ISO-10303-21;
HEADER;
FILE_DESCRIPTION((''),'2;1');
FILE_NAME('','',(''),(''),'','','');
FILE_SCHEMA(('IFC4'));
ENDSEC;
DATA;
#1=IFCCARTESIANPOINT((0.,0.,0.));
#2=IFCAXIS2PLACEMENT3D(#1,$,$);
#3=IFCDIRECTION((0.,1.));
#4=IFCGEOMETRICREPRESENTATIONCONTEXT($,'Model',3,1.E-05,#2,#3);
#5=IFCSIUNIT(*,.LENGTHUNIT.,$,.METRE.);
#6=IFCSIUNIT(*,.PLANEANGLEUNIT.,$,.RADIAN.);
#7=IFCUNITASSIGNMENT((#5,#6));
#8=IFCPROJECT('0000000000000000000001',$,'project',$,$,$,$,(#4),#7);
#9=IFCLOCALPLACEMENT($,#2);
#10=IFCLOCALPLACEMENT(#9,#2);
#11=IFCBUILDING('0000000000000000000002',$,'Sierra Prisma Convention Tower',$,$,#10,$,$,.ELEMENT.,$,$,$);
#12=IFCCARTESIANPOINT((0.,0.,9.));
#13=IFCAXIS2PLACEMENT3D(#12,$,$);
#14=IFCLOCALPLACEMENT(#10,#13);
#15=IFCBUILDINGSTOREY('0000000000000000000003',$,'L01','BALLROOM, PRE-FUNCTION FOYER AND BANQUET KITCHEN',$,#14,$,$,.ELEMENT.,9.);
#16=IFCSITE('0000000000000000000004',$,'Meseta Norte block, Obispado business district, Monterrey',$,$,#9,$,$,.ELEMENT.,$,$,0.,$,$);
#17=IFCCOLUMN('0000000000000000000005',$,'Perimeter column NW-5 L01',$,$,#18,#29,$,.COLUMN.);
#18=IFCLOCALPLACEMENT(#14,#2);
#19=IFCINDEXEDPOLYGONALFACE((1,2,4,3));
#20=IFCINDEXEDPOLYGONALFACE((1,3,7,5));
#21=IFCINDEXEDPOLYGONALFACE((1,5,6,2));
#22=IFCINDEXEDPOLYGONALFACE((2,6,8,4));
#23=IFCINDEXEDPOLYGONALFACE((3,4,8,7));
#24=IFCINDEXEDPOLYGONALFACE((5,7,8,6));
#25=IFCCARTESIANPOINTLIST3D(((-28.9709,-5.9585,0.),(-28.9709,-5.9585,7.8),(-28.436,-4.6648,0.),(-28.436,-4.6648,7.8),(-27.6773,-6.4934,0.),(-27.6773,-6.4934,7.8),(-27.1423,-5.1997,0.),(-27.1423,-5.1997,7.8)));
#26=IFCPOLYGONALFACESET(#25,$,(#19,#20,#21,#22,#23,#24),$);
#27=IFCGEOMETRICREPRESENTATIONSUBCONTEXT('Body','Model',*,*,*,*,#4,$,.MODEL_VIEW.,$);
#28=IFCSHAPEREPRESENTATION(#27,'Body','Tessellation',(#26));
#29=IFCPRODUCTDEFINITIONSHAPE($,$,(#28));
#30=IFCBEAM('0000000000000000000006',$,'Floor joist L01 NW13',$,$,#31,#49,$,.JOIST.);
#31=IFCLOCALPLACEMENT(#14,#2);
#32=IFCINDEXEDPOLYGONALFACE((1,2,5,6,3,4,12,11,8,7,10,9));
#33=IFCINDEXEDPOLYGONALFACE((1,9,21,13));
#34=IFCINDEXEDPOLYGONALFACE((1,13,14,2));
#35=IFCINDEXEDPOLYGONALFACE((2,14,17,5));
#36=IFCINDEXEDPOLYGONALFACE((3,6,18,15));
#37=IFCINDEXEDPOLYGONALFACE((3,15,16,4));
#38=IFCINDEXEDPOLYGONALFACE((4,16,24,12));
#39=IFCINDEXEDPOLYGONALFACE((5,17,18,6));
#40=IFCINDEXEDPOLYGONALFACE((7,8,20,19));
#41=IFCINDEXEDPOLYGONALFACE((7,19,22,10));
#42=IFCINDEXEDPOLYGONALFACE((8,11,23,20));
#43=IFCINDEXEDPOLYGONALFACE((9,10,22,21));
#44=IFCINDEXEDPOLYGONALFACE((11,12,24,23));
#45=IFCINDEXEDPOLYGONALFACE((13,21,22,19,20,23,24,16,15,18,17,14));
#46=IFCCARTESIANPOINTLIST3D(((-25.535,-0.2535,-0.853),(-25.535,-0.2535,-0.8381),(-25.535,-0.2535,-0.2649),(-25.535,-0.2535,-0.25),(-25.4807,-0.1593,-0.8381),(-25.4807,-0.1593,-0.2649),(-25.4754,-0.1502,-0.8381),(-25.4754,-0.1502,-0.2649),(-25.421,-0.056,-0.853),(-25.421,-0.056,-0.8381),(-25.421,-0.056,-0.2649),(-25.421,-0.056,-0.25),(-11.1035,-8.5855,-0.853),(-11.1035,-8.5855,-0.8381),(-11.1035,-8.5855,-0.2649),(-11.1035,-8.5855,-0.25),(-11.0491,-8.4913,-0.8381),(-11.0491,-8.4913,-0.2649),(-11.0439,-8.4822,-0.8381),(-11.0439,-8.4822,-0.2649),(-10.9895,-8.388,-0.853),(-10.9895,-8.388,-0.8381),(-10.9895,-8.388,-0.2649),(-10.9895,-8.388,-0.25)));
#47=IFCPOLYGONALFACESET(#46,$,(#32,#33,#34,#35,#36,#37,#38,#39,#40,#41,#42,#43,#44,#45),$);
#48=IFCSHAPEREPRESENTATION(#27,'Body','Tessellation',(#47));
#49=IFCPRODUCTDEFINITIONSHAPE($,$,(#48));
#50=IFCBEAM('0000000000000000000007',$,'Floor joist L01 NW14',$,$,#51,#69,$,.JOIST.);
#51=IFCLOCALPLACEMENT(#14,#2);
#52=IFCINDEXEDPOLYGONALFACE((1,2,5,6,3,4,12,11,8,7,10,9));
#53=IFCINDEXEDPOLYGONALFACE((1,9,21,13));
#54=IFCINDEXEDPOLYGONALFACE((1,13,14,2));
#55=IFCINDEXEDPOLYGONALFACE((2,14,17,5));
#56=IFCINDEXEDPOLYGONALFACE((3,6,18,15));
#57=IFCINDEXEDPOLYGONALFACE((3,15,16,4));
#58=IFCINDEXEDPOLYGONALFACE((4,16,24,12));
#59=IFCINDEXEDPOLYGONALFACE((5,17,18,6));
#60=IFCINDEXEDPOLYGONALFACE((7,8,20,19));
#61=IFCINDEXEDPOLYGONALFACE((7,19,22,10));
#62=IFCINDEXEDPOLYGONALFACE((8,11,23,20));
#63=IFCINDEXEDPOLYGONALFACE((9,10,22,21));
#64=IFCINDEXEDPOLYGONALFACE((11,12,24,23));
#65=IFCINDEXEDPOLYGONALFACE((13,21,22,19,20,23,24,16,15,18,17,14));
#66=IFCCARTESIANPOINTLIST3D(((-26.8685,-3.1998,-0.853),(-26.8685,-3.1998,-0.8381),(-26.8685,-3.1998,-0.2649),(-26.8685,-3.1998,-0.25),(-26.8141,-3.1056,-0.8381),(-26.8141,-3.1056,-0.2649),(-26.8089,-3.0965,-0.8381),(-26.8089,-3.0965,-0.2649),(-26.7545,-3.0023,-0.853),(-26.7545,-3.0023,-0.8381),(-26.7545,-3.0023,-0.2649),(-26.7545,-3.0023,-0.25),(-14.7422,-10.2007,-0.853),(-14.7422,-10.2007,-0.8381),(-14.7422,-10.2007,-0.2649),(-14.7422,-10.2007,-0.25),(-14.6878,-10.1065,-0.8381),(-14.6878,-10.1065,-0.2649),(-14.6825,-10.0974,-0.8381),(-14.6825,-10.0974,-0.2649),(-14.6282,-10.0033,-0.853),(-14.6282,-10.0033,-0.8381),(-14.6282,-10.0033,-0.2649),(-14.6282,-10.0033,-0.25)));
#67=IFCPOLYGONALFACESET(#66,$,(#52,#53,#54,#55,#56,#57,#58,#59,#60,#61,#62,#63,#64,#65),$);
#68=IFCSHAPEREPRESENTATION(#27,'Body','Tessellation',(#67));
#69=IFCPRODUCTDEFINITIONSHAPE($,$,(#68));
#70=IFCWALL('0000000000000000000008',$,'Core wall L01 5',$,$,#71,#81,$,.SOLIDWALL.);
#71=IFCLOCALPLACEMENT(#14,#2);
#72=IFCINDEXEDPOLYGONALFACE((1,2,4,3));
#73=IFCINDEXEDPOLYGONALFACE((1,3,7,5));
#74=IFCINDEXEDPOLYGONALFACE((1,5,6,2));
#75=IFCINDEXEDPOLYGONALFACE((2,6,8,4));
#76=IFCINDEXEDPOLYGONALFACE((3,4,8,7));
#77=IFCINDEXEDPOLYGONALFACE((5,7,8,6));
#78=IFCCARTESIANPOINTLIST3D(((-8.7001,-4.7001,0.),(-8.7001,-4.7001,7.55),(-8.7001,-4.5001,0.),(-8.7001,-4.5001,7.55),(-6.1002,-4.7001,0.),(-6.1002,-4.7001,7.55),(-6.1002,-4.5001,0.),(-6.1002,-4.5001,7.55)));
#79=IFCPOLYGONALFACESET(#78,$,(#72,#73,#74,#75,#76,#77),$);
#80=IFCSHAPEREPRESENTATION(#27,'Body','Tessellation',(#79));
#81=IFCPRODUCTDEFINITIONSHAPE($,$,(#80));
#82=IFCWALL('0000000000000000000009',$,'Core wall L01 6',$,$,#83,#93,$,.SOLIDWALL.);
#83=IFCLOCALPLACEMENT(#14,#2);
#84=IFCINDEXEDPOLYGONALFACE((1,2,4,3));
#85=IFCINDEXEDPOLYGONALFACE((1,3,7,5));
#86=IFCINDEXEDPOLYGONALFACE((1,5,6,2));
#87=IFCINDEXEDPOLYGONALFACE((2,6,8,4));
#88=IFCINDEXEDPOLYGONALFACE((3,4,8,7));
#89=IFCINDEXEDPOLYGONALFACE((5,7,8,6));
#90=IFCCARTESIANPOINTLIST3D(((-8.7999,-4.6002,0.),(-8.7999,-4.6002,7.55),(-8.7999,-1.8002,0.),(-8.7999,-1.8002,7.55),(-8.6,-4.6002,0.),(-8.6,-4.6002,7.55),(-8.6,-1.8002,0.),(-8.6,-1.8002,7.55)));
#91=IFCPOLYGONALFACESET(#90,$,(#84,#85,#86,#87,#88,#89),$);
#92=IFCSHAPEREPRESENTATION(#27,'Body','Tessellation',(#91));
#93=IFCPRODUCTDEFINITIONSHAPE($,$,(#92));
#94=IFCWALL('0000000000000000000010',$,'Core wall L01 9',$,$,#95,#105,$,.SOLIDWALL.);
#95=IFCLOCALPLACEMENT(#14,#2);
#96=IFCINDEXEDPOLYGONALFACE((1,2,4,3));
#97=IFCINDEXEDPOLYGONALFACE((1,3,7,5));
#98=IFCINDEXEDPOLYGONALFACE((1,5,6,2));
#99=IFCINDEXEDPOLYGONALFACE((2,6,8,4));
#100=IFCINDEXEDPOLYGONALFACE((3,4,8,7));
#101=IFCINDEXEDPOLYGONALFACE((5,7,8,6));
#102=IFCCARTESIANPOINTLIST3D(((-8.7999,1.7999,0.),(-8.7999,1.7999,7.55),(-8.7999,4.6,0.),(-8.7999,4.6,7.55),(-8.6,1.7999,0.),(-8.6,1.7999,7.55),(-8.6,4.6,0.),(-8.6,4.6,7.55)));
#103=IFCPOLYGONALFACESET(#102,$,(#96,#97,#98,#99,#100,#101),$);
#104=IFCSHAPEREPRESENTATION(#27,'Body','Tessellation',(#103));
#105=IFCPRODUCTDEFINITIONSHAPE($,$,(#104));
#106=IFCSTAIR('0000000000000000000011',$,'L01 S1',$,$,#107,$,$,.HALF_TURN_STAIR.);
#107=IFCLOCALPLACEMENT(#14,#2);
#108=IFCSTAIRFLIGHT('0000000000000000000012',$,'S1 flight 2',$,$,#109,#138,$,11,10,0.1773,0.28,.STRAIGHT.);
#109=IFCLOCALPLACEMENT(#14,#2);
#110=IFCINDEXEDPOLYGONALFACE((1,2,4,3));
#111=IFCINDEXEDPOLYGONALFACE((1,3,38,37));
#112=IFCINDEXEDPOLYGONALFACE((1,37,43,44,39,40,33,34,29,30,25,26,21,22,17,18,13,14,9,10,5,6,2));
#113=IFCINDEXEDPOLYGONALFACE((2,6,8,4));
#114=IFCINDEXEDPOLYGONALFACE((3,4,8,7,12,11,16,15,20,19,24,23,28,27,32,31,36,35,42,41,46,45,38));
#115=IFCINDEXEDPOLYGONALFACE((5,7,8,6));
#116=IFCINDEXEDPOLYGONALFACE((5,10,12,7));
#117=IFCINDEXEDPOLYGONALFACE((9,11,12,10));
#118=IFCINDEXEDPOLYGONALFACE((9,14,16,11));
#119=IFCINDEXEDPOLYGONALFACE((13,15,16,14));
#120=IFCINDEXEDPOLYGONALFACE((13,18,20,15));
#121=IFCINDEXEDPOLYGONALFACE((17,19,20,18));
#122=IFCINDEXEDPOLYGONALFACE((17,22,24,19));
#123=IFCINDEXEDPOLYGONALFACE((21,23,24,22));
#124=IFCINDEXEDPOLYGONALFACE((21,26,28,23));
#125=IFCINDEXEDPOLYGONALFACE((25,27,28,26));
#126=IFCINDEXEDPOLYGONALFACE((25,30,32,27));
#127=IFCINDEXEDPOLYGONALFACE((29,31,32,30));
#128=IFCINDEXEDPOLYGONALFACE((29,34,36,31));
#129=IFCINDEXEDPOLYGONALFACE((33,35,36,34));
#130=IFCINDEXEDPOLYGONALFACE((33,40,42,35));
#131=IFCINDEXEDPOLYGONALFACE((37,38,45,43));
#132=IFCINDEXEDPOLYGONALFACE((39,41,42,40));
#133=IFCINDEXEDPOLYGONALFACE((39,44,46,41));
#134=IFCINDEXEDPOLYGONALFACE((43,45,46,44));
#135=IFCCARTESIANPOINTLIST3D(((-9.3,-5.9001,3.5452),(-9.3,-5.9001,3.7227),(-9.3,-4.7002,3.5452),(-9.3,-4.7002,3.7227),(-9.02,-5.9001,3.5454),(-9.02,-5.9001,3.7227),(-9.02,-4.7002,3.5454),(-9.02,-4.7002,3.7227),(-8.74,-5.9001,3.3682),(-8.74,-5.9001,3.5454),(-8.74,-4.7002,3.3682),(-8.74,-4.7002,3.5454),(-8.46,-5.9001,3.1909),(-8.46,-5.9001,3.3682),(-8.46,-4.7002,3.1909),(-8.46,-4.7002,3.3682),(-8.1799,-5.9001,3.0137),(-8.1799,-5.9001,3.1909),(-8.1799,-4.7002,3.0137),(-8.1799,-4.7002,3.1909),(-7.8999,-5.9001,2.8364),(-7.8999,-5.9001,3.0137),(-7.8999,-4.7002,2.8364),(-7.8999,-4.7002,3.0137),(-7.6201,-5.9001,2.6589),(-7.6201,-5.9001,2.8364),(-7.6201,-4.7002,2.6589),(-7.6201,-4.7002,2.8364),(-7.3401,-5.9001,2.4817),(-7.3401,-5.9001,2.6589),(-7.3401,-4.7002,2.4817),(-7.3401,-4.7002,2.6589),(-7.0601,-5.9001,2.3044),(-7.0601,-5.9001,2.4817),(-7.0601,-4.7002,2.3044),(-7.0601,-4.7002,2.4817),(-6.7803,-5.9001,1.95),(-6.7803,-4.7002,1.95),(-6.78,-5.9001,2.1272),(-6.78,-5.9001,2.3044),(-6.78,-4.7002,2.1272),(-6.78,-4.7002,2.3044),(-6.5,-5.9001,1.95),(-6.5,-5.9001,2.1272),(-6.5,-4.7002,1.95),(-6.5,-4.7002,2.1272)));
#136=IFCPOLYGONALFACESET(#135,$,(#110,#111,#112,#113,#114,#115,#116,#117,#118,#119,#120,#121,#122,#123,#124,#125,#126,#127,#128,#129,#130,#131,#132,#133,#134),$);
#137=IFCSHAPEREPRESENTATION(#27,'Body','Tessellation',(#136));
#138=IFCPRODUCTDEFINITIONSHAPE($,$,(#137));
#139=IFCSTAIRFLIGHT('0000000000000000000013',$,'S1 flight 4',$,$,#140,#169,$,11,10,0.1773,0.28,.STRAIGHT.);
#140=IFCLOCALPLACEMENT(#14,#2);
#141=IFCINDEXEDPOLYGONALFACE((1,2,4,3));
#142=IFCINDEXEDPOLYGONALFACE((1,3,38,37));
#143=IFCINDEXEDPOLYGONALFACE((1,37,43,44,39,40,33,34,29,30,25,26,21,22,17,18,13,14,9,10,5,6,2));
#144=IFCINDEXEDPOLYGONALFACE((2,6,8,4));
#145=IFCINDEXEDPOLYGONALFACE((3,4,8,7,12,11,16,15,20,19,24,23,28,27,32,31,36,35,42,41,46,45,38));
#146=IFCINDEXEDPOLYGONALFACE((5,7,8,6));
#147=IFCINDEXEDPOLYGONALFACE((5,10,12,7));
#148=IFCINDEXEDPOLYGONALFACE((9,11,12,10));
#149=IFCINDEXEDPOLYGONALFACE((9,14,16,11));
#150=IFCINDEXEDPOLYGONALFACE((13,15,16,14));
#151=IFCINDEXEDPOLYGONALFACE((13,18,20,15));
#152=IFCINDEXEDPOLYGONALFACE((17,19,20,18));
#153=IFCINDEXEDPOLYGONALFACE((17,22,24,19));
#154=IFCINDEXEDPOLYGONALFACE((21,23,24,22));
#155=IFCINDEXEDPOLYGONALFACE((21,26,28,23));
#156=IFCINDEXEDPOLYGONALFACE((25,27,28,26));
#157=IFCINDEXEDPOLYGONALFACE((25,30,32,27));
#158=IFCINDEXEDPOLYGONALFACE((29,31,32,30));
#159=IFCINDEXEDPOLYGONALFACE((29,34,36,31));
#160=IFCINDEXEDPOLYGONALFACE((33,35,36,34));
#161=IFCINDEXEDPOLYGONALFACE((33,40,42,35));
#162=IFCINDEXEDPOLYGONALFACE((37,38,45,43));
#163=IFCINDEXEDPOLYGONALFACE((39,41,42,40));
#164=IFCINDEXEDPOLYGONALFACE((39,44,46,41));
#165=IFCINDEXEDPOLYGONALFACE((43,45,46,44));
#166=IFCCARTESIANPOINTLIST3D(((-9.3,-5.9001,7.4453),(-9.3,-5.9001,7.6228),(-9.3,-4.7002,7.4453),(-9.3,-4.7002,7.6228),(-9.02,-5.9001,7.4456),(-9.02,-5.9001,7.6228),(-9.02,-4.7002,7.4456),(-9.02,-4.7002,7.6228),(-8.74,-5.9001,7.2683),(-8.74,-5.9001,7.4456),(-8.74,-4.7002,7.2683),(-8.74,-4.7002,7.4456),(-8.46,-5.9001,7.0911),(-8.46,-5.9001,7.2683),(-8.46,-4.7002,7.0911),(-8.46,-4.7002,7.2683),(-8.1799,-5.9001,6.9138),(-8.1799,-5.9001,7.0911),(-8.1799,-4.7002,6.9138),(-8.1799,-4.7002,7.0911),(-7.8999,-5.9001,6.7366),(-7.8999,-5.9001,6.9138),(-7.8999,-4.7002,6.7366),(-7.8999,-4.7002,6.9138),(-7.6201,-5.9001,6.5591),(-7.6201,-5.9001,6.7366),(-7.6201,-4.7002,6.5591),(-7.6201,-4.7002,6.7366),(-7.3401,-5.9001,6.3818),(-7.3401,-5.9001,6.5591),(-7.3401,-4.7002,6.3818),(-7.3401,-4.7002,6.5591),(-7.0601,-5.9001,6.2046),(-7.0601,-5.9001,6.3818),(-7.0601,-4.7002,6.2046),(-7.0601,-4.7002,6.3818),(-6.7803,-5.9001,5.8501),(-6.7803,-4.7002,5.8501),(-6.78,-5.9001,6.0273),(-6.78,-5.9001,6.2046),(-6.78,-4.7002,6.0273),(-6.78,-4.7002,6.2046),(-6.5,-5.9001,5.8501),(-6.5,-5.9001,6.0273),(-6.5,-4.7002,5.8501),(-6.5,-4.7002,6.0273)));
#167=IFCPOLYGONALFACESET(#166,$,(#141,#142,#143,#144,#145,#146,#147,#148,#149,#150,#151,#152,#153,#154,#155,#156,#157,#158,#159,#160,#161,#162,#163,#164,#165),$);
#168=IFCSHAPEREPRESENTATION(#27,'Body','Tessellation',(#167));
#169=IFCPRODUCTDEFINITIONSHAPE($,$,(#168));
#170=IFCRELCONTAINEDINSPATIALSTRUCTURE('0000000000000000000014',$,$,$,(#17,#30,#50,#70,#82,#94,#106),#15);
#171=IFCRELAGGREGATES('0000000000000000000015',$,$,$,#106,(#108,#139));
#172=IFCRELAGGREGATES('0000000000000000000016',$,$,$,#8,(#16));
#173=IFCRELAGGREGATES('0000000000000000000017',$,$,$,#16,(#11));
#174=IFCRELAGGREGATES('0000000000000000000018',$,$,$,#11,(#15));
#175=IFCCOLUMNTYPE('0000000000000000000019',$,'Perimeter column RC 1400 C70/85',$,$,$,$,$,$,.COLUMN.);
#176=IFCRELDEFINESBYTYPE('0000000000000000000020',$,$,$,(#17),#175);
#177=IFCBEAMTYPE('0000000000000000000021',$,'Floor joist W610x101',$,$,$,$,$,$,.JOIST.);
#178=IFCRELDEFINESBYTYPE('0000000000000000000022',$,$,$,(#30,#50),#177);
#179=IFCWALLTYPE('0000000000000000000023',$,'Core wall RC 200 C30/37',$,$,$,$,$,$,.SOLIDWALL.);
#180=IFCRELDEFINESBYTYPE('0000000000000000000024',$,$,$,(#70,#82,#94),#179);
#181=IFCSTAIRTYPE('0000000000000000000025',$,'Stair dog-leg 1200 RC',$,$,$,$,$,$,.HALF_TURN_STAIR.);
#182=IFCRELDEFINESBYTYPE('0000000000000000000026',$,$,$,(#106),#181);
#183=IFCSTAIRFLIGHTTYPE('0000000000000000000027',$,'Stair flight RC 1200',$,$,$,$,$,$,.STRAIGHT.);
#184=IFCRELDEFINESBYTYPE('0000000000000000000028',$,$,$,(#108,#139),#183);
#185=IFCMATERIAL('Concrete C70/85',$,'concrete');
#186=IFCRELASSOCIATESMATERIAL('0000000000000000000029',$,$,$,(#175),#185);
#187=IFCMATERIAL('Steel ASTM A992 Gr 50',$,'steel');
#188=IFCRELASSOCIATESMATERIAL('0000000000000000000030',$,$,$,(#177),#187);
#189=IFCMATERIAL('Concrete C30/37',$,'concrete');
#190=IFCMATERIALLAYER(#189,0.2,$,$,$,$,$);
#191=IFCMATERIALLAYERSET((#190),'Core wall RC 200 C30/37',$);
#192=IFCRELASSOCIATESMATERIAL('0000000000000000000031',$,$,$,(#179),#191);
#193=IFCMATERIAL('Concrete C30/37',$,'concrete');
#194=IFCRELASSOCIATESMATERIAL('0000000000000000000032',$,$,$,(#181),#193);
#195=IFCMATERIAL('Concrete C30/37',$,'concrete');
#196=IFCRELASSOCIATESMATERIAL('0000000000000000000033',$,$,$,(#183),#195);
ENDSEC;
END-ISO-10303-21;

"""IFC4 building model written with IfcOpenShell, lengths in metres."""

from ifc_helpers import new_model, si_unit, direction, frame, frame_2d, origin, origin_2d, place, context, subcontext, project, spatial, polyline, rectangle, i_section, outline, extrude, material, layer, layer_set, material_profile, profile_set, type_object, element, aggregate, save


model = new_model("IFC4")

# Units and contexts
model_context = context("Model", 3, precision=1e-05, world=origin(), true_north=direction((0.0, 1.0)))
body_context = subcontext(model_context, "Body", "Model", "MODEL_VIEW")
ifc_project = project(units=[si_unit("LENGTHUNIT", "METRE"), si_unit("PLANEANGLEUNIT", "RADIAN")], contexts=[model_context])

# Site, building, storey
site_placement = place(None, origin())
site = spatial("IfcSite", under=ifc_project, at=site_placement, Name="Meseta Norte block, Obispado business district, Monterrey", CompositionType="ELEMENT", RefElevation=0.0)
building_placement = place(site_placement, origin())
building = spatial("IfcBuilding", under=site, at=building_placement, Name="Sierra Prisma Convention Tower", CompositionType="ELEMENT")
storey_placement = place(building_placement, frame((0.0, 0.0, 9.0)))
storey = spatial("IfcBuildingStorey", under=building, at=storey_placement, Name="L01", Description="BALLROOM, PRE-FUNCTION FOYER AND BANQUET KITCHEN", CompositionType="ELEMENT", Elevation=9.0)

# Column
ifc_material_1 = material(Name="Concrete C70/85", Category="concrete")
ifc_material_profile_1 = material_profile(ifc_material_1, rectangle(XDim=1.3999, YDim=1.3999, at=origin_2d()), Name="Perimeter column RC 1400 C70/85")
ifc_profile_set_1 = profile_set([ifc_material_profile_1], Name="Concrete C70/85")
column_type = type_object("IfcColumnType", Name="Perimeter column RC 1400 C70/85", PredefinedType="COLUMN", material=ifc_profile_set_1)
column_placement = place(storey_placement, frame((-28.0566, -5.5791, 0.0), z_axis=(0.0, 0.0, 1.0), x_axis=(0.382135, 0.924106, 0.0)))
element("IfcColumn", 1, at=column_placement, inside=storey, type_object=column_type, Name="Perimeter column NW-5 L01", PredefinedType="COLUMN", context=body_context, shape_type="SweptSolid", body=[
    extrude(rectangle(XDim=1.3999, YDim=1.3999, at=origin_2d()), origin(), (0.0, 0.0, 1.0), 7.8),
])

# Beams
ifc_material_2 = material(Name="Steel ASTM A992 Gr 50", Category="steel")
ifc_material_profile_2 = material_profile(ifc_material_2, i_section(OverallWidth=0.228, OverallDepth=0.603, WebThickness=0.0105, FlangeThickness=0.0149, at=origin_2d()), Name="W610x101")
ifc_profile_set_2 = profile_set([ifc_material_profile_2], Name="Steel ASTM A992 Gr 50")
beam_type = type_object("IfcBeamType", Name="Floor joist W610x101", PredefinedType="JOIST", material=ifc_profile_set_2)
beam_1_placement = place(storey_placement, frame((-25.478, -0.1548, -0.5515), z_axis=(0.866027, -0.499996, 0.0), x_axis=(0.499996, 0.866027, 0.0)))
element("IfcBeam", 2, at=beam_1_placement, inside=storey, type_object=beam_type, Name="Floor joist L01 NW13", PredefinedType="JOIST", context=body_context, shape_type="SweptSolid", body=[
    extrude(i_section(OverallWidth=0.228, OverallDepth=0.603, WebThickness=0.0105, FlangeThickness=0.0149, at=origin_2d()), origin(), (0.0, 0.0, 1.0), 16.6641),
])
beam_2_placement = place(storey_placement, frame((-26.8115, -3.1011, -0.5515), z_axis=(0.866033, -0.499987, 0.0), x_axis=(0.499987, 0.866033, 0.0)))
element("IfcBeam", 3, at=beam_2_placement, inside=storey, type_object=beam_type, Name="Floor joist L01 NW14", PredefinedType="JOIST", context=body_context, shape_type="SweptSolid", body=[
    extrude(i_section(OverallWidth=0.228, OverallDepth=0.603, WebThickness=0.0105, FlangeThickness=0.0149, at=origin_2d()), origin(), (0.0, 0.0, 1.0), 14.0022),
])

# Shared definitions
ifc_material_3 = material(Name="Concrete C30/37", Category="concrete")
ifc_layer = layer(ifc_material_3, 0.2)
ifc_layer_set = layer_set([ifc_layer], Name="Core wall RC 200 C30/37")
wall_type = type_object("IfcWallType", Name="Core wall RC 200 C30/37", PredefinedType="SOLIDWALL", material=ifc_layer_set)

# Walls
wall_1_placement = place(storey_placement, frame((-8.7, -4.6001, 0.0), z_axis=(0.0, 0.0, 1.0), x_axis=(1.0, 0.0, 0.0)))
element("IfcWall", 4, at=wall_1_placement, inside=storey, type_object=wall_type, Name="Core wall L01 5", PredefinedType="SOLIDWALL", context=body_context, shape_type="SweptSolid", body=[
    extrude(rectangle(XDim=2.5999, YDim=0.2, at=frame_2d((1.2998, 0.0))), origin(), (0.0, 0.0, 1.0), 7.55),
])
wall_2_placement = place(storey_placement, frame((-8.7, -4.6001, 0.0), z_axis=(0.0, 0.0, 1.0), x_axis=(0.0, 1.0, 0.0)))
element("IfcWall", 5, at=wall_2_placement, inside=storey, type_object=wall_type, Name="Core wall L01 6", PredefinedType="SOLIDWALL", context=body_context, shape_type="SweptSolid", body=[
    extrude(rectangle(XDim=2.8, YDim=0.2, at=frame_2d((1.3999, 0.0))), origin(), (0.0, 0.0, 1.0), 7.55),
])

# Wall
wall_3_placement = place(storey_placement, frame((-8.7, 1.8, 0.0), z_axis=(0.0, 0.0, 1.0), x_axis=(0.0, 1.0, 0.0)))
element("IfcWall", 6, at=wall_3_placement, inside=storey, type_object=wall_type, Name="Core wall L01 9", PredefinedType="SOLIDWALL", context=body_context, shape_type="SweptSolid", body=[
    extrude(rectangle(XDim=2.8, YDim=0.2, at=frame_2d((1.3999, 0.0))), origin(), (0.0, 0.0, 1.0), 7.55),
])

# Stair, stair flights
ifc_material_4 = material(Name="Concrete C30/37", Category="concrete")
stair_type = type_object("IfcStairType", Name="Stair dog-leg 1200 RC", PredefinedType="HALF_TURN_STAIR", material=ifc_material_4)
stair_placement = place(storey_placement, origin())
stair = element("IfcStair", 7, at=stair_placement, inside=storey, type_object=stair_type, Name="L01 S1", PredefinedType="HALF_TURN_STAIR")
ifc_material_5 = material(Name="Concrete C30/37", Category="concrete")
stair_flight_type = type_object("IfcStairFlightType", Name="Stair flight RC 1200", PredefinedType="STRAIGHT", material=ifc_material_5)
stair_flight_1_placement = place(storey_placement, frame((-6.5, -5.3, 1.95), z_axis=(0.0, 0.0, 1.0), x_axis=(-1.0, 0.0, 0.0)))
stair_flight_1 = element("IfcStairFlight", 8, at=stair_flight_1_placement, type_object=stair_flight_type, Name="S1 flight 2", NumberOfRisers=11, NumberOfTreads=10, PredefinedType="STRAIGHT", RiserHeight=0.1773, TreadLength=0.28, context=body_context, shape_type="SweptSolid", body=[
    extrude(outline(polyline([(0.0, 0.0), (0.0, 0.1772), (0.28, 0.1772), (0.28, 0.3545), (0.5601, 0.3545), (0.5601, 0.5317), (0.8401, 0.5317), (0.8401, 0.709), (1.1201, 0.709), (1.1201, 0.8865), (1.3999, 0.8865), (1.3999, 1.0637), (1.6799, 1.0637), (1.6799, 1.241), (1.96, 1.241), (1.96, 1.4182), (2.24, 1.4182), (2.24, 1.5955), (2.52, 1.5955), (2.52, 1.7727), (2.8, 1.7727), (2.8, 1.95), (2.8, 1.5952), (0.2803, 0.0), (0.0, 0.0)])), frame((0.0, 0.6001, 0.0), z_axis=(0.0, -1.0, 0.0), x_axis=(1.0, 0.0, 0.0)), (0.0, 0.0, 1.0), 1.2),
])
stair_flight_2_placement = place(storey_placement, frame((-6.5, -5.3, 5.8501), z_axis=(0.0, 0.0, 1.0), x_axis=(-1.0, 0.0, 0.0)))
stair_flight_2 = element("IfcStairFlight", 9, at=stair_flight_2_placement, type_object=stair_flight_type, Name="S1 flight 4", NumberOfRisers=11, NumberOfTreads=10, PredefinedType="STRAIGHT", RiserHeight=0.1773, TreadLength=0.28, context=body_context, shape_type="SweptSolid", body=[
    extrude(outline(polyline([(0.0, 0.0), (0.0, 0.1772), (0.28, 0.1772), (0.28, 0.3545), (0.5601, 0.3545), (0.5601, 0.5317), (0.8401, 0.5317), (0.8401, 0.709), (1.1201, 0.709), (1.1201, 0.8865), (1.3999, 0.8865), (1.3999, 1.0637), (1.6799, 1.0637), (1.6799, 1.241), (1.96, 1.241), (1.96, 1.4182), (2.24, 1.4182), (2.24, 1.5955), (2.52, 1.5955), (2.52, 1.7727), (2.8, 1.7727), (2.8, 1.95), (2.8, 1.5952), (0.2803, 0.0), (0.0, 0.0)])), frame((0.0, 0.6001, 0.0), z_axis=(0.0, -1.0, 0.0), x_axis=(1.0, 0.0, 0.0)), (0.0, 0.0, 1.0), 1.2),
])
aggregate(stair, [stair_flight_1, stair_flight_2])

save(model, "model.ifc")
